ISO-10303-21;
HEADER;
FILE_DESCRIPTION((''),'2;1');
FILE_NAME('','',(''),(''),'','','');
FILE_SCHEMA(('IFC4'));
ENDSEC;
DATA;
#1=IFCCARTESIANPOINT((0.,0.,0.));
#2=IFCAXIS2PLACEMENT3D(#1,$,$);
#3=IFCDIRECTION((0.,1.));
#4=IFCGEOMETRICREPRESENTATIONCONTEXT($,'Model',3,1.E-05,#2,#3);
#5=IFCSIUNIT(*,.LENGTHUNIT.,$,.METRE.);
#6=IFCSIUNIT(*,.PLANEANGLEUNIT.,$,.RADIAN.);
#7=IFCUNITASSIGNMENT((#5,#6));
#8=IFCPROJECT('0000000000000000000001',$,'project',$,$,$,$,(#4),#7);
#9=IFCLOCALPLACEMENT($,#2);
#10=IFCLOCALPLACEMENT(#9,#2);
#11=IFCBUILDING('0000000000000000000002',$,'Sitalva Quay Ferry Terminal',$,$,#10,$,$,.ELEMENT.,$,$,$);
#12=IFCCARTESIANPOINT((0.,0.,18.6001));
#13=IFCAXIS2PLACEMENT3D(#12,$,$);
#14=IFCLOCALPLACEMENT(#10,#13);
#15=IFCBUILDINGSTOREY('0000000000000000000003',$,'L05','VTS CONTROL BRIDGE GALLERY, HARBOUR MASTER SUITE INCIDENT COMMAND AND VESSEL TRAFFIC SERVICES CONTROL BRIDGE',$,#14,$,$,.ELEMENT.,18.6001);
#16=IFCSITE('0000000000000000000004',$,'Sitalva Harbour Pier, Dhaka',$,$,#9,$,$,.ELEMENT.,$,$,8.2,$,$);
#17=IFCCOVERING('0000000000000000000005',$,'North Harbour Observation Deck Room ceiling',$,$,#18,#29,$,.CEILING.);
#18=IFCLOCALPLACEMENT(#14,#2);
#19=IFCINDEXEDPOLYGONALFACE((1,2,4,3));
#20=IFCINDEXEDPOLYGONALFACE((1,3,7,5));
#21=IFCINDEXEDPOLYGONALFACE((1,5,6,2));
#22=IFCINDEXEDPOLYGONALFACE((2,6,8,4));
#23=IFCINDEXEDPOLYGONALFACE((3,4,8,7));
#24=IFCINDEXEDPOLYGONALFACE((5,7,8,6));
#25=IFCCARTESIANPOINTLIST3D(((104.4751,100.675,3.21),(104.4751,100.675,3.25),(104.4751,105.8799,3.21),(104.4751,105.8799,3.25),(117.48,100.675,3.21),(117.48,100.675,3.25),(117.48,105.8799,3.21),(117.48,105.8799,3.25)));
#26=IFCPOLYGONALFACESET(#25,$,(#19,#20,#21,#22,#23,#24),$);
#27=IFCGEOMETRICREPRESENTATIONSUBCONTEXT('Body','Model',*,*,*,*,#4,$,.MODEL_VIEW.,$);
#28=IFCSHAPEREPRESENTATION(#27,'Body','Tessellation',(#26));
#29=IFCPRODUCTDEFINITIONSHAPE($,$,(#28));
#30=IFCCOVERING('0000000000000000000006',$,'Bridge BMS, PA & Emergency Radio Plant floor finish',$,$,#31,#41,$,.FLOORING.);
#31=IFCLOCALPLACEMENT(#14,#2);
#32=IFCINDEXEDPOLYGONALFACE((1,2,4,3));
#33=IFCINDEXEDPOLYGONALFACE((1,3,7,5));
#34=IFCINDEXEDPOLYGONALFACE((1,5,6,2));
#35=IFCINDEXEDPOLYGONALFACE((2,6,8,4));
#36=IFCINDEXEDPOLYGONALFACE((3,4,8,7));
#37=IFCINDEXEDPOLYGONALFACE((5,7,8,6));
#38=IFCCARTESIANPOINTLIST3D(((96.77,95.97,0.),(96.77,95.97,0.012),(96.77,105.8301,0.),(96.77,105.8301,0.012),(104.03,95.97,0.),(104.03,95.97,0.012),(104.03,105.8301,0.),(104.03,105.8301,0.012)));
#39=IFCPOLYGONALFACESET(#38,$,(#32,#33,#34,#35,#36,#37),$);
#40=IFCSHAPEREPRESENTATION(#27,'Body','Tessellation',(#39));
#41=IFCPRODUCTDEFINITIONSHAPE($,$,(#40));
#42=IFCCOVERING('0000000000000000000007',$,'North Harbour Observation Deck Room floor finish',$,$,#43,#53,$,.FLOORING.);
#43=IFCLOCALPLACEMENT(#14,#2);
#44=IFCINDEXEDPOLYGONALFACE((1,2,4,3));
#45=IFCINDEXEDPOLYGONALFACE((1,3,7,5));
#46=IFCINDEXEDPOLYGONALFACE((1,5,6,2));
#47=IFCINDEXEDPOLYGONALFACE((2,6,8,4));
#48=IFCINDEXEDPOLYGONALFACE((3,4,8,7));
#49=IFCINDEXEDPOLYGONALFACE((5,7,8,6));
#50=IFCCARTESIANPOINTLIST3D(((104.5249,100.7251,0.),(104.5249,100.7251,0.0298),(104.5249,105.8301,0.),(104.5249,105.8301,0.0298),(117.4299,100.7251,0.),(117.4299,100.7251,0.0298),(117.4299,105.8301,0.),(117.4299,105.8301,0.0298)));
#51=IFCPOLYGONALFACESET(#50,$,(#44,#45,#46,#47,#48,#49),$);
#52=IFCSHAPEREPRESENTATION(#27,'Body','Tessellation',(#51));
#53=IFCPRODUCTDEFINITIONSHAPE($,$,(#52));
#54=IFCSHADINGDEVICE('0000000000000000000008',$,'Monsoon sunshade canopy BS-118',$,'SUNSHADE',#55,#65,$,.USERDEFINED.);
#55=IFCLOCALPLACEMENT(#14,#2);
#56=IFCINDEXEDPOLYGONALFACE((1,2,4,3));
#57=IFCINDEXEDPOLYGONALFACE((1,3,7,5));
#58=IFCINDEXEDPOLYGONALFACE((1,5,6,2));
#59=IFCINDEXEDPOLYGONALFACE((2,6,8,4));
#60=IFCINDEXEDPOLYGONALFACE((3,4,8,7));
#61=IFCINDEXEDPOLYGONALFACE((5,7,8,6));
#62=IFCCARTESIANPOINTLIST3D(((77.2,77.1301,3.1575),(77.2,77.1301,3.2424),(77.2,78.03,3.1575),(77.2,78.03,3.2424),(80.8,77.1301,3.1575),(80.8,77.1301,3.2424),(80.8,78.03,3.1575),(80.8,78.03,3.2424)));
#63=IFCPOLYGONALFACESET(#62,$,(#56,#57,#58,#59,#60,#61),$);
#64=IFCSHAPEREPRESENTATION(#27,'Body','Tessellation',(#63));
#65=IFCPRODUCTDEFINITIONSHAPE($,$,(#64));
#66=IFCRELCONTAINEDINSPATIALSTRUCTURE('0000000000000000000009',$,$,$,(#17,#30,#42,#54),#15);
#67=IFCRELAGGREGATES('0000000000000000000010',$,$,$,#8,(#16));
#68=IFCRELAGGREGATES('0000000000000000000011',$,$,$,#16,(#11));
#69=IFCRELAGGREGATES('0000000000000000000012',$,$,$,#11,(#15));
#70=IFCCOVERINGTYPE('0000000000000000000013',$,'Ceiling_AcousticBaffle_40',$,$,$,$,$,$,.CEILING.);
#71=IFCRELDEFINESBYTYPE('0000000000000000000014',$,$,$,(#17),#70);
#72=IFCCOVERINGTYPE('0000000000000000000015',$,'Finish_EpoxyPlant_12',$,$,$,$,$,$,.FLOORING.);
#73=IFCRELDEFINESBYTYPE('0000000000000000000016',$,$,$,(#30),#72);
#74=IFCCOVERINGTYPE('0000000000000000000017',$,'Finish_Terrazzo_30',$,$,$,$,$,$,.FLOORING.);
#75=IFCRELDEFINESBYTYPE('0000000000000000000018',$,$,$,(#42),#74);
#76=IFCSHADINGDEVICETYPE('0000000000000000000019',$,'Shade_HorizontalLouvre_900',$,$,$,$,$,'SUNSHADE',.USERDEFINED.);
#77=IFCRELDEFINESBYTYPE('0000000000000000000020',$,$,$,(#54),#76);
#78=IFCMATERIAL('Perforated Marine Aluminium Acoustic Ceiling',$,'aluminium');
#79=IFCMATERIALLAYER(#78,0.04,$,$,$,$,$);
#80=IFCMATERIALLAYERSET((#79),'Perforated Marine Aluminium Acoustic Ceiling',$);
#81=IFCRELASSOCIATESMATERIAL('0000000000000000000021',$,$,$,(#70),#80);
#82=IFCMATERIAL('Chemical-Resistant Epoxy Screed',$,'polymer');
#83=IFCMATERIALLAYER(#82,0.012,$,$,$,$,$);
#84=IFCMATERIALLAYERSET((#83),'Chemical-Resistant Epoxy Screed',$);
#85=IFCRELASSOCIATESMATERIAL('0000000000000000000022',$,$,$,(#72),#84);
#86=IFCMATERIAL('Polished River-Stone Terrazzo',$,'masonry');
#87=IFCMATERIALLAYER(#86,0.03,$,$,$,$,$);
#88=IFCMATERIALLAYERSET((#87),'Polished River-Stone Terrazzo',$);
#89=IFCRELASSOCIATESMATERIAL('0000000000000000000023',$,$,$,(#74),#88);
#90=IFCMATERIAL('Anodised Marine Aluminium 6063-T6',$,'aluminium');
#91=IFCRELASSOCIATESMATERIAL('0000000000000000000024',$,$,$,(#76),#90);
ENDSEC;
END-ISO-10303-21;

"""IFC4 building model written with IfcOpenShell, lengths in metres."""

from ifc_helpers import new_model, si_unit, direction, frame, origin, origin_2d, place, context, subcontext, project, spatial, polyline, rectangle, outline, extrude, material, layer, layer_set, type_object, element, save


model = new_model("IFC4")

# Units and contexts
model_context = context("Model", 3, precision=1e-05, world=origin(), true_north=direction((0.0, 1.0)))
body_context = subcontext(model_context, "Body", "Model", "MODEL_VIEW")
ifc_project = project(units=[si_unit("LENGTHUNIT", "METRE"), si_unit("PLANEANGLEUNIT", "RADIAN")], contexts=[model_context])

# Site, building, storey
site_placement = place(None, origin())
site = spatial("IfcSite", under=ifc_project, at=site_placement, Name="Sitalva Harbour Pier, Dhaka", CompositionType="ELEMENT", RefElevation=8.2)
building_placement = place(site_placement, origin())
building = spatial("IfcBuilding", under=site, at=building_placement, Name="Sitalva Quay Ferry Terminal", CompositionType="ELEMENT")
storey_placement = place(building_placement, frame((0.0, 0.0, 18.6001)))
storey = spatial("IfcBuildingStorey", under=building, at=storey_placement, Name="L05", Description="VTS CONTROL BRIDGE GALLERY, HARBOUR MASTER SUITE INCIDENT COMMAND AND VESSEL TRAFFIC SERVICES CONTROL BRIDGE", CompositionType="ELEMENT", Elevation=18.6001)

# Coverings
ifc_material_1 = material(Name="Perforated Marine Aluminium Acoustic Ceiling", Category="aluminium")
ifc_layer_1 = layer(ifc_material_1, 0.04)
ifc_layer_set_1 = layer_set([ifc_layer_1], Name="Perforated Marine Aluminium Acoustic Ceiling")
covering_type_1 = type_object("IfcCoveringType", Name="Ceiling_AcousticBaffle_40", PredefinedType="CEILING", material=ifc_layer_set_1)
covering_1_placement = place(storey_placement, frame((0.0, 0.0, 3.21)))
element("IfcCovering", 1, at=covering_1_placement, inside=storey, type_object=covering_type_1, Name="North Harbour Observation Deck Room ceiling", PredefinedType="CEILING", context=body_context, shape_type="SweptSolid", body=[
    extrude(outline(polyline([(104.4751, 100.675), (117.48, 100.675), (117.48, 105.8799), (104.4751, 105.8799), (104.4751, 100.675)])), origin(), (0.0, 0.0, 1.0), 0.04),
])
ifc_material_2 = material(Name="Chemical-Resistant Epoxy Screed", Category="polymer")
ifc_layer_2 = layer(ifc_material_2, 0.012)
ifc_layer_set_2 = layer_set([ifc_layer_2], Name="Chemical-Resistant Epoxy Screed")
covering_type_2 = type_object("IfcCoveringType", Name="Finish_EpoxyPlant_12", PredefinedType="FLOORING", material=ifc_layer_set_2)
covering_2_placement = place(storey_placement, origin())
element("IfcCovering", 2, at=covering_2_placement, inside=storey, type_object=covering_type_2, Name="Bridge BMS, PA & Emergency Radio Plant floor finish", PredefinedType="FLOORING", context=body_context, shape_type="SweptSolid", body=[
    extrude(outline(polyline([(96.77, 95.97), (104.03, 95.97), (104.03, 105.8301), (96.77, 105.8301), (96.77, 95.97)])), origin(), (0.0, 0.0, 1.0), 0.012),
])
ifc_material_3 = material(Name="Polished River-Stone Terrazzo", Category="masonry")
ifc_layer_3 = layer(ifc_material_3, 0.03)
ifc_layer_set_3 = layer_set([ifc_layer_3], Name="Polished River-Stone Terrazzo")
covering_type_3 = type_object("IfcCoveringType", Name="Finish_Terrazzo_30", PredefinedType="FLOORING", material=ifc_layer_set_3)
covering_3_placement = place(storey_placement, origin())
element("IfcCovering", 3, at=covering_3_placement, inside=storey, type_object=covering_type_3, Name="North Harbour Observation Deck Room floor finish", PredefinedType="FLOORING", context=body_context, shape_type="SweptSolid", body=[
    extrude(outline(polyline([(104.5249, 100.7251), (117.4299, 100.7251), (117.4299, 105.8301), (104.5249, 105.8301), (104.5249, 100.7251)])), origin(), (0.0, 0.0, 1.0), 0.0298),
])

# Shading device
ifc_material_4 = material(Name="Anodised Marine Aluminium 6063-T6", Category="aluminium")
shading_device_type = type_object("IfcShadingDeviceType", Name="Shade_HorizontalLouvre_900", ElementType="SUNSHADE", PredefinedType="USERDEFINED", material=ifc_material_4)
shading_device_placement = place(storey_placement, frame((79.0, 77.5801, 3.1575), z_axis=(0.0, 0.0, 1.0), x_axis=(1.0, 0.0, 0.0)))
element("IfcShadingDevice", 4, at=shading_device_placement, inside=storey, type_object=shading_device_type, Name="Monsoon sunshade canopy BS-118", ObjectType="SUNSHADE", PredefinedType="USERDEFINED", context=body_context, shape_type="SweptSolid", body=[
    extrude(rectangle(XDim=3.6001, YDim=0.8999, at=origin_2d()), origin(), (0.0, 0.0, 1.0), 0.085),
])

save(model, "model.ifc")
